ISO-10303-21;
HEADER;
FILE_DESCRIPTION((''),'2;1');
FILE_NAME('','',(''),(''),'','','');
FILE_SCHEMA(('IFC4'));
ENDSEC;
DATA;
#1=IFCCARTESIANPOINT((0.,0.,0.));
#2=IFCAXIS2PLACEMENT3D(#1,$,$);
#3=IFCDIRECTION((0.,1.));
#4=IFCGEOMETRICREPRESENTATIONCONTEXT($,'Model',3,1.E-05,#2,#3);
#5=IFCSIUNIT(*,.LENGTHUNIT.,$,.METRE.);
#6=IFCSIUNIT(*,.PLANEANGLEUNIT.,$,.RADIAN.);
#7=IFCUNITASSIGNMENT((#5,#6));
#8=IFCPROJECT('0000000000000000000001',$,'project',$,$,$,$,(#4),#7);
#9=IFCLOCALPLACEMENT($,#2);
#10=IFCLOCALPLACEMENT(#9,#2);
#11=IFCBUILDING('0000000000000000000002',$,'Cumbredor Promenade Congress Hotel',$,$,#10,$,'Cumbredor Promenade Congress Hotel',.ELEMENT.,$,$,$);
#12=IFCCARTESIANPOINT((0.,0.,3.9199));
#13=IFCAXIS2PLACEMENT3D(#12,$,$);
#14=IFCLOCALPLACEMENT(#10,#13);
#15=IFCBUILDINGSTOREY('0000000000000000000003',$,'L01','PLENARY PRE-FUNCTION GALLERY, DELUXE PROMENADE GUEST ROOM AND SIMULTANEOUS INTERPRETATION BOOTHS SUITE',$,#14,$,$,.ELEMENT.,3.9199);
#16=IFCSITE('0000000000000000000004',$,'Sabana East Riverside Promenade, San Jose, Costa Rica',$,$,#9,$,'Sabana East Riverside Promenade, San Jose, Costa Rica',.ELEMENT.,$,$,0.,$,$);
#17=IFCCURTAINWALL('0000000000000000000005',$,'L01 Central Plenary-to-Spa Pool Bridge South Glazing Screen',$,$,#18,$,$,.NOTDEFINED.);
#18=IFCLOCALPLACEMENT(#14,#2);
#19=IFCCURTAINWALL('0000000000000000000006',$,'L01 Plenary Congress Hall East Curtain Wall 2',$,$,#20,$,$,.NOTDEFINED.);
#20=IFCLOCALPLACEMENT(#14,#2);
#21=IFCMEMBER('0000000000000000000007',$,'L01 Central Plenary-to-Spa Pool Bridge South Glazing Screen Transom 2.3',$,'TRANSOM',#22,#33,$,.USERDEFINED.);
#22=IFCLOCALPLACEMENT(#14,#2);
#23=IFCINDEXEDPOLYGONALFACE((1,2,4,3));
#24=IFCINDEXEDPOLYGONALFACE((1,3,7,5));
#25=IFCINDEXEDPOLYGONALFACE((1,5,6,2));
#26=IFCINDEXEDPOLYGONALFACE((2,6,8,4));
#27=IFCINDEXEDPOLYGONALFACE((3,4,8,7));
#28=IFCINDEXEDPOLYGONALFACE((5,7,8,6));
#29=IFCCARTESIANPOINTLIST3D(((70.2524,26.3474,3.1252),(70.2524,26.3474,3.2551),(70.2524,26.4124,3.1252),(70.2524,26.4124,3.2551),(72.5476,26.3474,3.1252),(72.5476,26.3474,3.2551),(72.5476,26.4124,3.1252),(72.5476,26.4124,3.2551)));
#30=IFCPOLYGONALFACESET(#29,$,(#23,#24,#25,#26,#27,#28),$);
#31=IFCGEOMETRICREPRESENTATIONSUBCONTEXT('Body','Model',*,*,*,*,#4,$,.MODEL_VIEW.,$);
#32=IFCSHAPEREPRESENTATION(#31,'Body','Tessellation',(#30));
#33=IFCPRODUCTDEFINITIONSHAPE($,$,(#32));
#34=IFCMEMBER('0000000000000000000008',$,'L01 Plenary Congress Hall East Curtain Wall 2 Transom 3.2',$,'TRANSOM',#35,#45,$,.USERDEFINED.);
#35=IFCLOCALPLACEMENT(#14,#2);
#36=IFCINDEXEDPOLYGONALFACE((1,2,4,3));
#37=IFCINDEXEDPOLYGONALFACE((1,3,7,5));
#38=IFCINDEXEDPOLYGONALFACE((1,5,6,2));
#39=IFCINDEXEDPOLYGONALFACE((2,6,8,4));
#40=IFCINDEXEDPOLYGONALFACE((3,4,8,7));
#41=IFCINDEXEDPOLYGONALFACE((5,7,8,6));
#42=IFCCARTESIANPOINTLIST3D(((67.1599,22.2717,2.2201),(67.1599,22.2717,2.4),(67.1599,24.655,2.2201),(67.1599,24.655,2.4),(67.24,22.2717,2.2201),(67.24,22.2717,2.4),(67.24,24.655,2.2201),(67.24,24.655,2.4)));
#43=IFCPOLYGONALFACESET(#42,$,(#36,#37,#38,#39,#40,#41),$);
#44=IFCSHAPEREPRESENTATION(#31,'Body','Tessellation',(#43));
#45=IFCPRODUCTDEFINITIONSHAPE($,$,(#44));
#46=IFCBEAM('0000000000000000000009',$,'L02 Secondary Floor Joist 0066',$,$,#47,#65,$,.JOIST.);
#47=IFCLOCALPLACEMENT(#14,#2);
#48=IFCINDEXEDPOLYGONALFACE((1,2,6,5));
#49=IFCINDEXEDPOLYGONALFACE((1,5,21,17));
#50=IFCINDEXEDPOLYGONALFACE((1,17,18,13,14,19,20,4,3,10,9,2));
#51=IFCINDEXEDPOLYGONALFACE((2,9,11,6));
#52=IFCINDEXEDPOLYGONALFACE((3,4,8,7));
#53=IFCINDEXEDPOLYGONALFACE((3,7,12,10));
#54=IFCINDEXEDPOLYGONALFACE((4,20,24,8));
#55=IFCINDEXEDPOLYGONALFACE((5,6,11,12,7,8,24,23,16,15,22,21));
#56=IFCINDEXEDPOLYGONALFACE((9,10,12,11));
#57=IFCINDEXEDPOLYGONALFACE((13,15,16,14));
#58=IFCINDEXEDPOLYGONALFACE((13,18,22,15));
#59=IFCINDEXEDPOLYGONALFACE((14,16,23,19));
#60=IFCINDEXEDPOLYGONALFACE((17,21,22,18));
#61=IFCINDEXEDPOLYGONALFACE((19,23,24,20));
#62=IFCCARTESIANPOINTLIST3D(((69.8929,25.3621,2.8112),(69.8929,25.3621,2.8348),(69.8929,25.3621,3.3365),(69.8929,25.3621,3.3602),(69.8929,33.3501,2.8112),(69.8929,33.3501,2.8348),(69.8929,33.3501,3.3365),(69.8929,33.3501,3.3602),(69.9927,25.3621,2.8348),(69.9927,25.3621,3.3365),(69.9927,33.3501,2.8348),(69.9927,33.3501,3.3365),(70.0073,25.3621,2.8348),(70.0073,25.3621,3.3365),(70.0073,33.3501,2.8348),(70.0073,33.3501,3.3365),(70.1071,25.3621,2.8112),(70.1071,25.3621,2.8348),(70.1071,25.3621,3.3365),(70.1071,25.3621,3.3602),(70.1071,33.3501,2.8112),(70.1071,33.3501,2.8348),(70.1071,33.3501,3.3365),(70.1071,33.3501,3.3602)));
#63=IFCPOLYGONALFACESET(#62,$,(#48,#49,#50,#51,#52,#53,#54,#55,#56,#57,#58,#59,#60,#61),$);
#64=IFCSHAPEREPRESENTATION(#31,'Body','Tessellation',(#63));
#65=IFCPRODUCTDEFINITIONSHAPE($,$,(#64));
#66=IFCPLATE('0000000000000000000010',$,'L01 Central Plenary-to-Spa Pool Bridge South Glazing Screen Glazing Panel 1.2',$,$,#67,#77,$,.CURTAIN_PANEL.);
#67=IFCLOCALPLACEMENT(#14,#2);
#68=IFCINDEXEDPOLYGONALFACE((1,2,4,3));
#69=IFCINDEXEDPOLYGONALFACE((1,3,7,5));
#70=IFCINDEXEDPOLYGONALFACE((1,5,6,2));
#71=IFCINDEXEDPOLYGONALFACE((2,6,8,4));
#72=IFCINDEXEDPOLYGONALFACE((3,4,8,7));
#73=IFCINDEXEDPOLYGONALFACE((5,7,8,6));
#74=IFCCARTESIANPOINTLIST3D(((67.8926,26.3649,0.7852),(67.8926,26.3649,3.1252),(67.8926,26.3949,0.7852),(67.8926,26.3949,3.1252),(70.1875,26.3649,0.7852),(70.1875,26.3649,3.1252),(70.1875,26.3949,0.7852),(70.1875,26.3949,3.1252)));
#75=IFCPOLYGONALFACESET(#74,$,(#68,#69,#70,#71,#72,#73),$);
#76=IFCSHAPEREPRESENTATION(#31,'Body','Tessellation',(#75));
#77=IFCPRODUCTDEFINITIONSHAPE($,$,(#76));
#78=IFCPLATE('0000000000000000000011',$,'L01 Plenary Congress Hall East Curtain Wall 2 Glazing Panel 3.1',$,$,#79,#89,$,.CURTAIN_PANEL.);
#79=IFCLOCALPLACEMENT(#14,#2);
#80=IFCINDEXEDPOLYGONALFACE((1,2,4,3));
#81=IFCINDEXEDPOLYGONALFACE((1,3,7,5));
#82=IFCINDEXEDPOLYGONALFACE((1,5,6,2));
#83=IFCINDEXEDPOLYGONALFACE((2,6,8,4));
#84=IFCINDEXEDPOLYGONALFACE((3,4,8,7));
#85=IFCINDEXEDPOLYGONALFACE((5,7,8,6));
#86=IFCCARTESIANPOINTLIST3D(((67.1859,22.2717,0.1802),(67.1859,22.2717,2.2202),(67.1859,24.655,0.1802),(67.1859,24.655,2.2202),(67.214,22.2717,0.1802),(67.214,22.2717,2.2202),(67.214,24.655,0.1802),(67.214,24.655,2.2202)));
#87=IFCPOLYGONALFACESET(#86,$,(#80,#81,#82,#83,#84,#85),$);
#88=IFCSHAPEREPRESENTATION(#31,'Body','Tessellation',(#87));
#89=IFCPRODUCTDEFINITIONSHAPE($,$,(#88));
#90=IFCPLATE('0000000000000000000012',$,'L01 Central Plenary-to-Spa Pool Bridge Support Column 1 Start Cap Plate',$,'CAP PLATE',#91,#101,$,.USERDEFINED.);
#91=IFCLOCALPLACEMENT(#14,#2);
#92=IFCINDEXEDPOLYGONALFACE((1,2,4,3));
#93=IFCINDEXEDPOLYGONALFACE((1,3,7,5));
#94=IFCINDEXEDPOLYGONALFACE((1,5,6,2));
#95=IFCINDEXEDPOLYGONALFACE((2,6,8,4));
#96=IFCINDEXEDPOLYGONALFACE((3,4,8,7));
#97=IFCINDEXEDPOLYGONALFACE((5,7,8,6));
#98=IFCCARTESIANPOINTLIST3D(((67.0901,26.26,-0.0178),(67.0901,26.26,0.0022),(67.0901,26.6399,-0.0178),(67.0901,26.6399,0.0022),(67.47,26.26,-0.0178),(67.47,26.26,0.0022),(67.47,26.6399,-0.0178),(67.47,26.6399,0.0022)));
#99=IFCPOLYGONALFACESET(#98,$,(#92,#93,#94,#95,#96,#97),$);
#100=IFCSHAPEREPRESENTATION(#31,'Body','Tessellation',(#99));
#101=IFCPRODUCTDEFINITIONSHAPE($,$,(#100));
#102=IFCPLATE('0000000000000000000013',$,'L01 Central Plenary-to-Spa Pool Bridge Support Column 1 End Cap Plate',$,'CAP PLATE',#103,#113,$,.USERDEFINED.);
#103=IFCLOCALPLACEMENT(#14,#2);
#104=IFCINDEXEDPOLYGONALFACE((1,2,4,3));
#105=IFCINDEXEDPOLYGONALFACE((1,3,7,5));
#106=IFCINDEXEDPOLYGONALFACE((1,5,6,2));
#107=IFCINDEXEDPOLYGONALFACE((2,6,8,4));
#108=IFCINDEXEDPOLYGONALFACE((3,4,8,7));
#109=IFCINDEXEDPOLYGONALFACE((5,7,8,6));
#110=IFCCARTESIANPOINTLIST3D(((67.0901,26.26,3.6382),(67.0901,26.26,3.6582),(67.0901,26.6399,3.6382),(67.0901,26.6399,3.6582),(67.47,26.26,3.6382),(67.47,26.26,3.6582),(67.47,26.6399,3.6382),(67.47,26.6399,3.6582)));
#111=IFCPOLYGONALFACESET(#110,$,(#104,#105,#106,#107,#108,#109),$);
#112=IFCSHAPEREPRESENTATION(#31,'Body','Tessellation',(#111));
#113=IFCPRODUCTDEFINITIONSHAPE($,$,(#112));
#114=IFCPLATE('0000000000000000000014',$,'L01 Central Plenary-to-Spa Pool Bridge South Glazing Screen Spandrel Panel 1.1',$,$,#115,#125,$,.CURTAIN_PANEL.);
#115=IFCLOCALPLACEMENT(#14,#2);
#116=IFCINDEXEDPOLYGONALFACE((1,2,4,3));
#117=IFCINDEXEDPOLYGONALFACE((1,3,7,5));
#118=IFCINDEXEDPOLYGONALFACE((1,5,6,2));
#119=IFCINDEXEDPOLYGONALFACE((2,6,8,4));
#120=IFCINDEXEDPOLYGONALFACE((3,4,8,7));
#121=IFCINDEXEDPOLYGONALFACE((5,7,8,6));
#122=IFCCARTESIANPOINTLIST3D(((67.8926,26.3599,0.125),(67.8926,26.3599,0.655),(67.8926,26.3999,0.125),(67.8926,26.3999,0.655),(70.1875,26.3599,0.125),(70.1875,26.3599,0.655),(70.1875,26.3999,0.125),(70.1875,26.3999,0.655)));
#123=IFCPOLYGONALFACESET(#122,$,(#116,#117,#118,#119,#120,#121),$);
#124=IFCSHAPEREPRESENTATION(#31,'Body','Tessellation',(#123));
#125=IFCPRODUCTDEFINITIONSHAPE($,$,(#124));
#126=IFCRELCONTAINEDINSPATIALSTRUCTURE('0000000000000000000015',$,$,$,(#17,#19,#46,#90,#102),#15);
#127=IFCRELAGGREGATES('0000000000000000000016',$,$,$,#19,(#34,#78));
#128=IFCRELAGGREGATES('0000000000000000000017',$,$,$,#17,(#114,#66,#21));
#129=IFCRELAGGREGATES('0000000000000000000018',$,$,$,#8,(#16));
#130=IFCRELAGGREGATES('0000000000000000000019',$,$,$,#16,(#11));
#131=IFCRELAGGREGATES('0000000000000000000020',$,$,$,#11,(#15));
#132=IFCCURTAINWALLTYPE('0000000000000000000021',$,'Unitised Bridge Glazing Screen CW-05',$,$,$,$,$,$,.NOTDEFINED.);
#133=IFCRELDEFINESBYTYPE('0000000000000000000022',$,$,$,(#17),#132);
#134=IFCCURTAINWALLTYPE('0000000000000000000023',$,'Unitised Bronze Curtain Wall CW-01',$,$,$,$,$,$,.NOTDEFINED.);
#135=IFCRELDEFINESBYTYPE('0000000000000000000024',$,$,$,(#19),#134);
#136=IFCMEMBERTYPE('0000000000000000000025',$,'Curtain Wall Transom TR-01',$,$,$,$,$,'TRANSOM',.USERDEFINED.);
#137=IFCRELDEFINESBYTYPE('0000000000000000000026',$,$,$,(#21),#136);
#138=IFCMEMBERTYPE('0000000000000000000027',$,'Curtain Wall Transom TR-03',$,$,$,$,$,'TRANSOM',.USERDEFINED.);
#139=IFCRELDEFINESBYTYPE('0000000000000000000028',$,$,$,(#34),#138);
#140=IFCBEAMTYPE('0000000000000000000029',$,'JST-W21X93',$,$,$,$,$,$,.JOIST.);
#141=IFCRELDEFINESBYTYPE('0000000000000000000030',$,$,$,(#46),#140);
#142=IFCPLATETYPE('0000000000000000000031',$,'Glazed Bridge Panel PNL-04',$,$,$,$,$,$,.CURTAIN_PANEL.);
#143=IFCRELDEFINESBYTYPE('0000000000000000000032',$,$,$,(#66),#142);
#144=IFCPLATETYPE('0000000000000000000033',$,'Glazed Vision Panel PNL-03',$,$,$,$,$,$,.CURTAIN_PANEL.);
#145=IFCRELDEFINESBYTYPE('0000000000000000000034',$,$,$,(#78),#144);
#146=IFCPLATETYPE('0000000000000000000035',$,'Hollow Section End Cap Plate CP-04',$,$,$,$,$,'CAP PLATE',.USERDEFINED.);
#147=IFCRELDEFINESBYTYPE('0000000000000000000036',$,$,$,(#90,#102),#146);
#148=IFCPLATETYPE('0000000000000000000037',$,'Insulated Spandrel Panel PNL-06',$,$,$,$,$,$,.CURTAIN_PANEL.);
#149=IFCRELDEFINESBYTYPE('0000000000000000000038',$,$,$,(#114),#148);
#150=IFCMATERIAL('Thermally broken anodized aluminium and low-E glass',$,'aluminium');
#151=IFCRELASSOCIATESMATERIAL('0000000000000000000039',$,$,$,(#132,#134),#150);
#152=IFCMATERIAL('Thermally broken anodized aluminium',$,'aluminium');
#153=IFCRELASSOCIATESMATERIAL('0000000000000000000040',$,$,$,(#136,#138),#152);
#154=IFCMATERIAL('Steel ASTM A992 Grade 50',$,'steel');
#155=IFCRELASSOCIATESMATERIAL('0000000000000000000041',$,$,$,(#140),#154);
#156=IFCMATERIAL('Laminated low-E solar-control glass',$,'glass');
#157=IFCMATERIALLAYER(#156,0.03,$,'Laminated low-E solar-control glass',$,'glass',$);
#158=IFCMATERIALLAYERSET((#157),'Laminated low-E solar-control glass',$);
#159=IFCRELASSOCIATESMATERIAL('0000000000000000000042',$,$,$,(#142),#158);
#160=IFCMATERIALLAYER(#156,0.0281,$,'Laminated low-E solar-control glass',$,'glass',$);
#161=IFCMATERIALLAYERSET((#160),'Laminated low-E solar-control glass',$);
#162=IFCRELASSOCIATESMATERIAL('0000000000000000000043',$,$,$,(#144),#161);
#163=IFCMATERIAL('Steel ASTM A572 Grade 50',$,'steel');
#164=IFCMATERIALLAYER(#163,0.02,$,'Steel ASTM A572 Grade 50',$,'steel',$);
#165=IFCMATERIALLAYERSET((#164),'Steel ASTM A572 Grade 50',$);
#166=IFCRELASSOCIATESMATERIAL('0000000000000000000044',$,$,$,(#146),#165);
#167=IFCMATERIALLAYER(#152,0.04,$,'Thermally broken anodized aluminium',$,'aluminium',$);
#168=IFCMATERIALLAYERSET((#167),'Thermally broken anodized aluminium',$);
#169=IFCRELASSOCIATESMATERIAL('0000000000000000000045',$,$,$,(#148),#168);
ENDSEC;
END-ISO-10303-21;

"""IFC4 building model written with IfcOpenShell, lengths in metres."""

from ifc_helpers import new_model, si_unit, direction, frame, origin, origin_2d, place, context, subcontext, project, spatial, rectangle, i_section, extrude, material, layer, layer_set, material_profile, profile_set, type_object, element, aggregate, save


model = new_model("IFC4")

# Units and contexts
model_context = context("Model", 3, precision=1e-05, world=origin(), true_north=direction((0.0, 1.0)))
body_context = subcontext(model_context, "Body", "Model", "MODEL_VIEW")
ifc_project = project(units=[si_unit("LENGTHUNIT", "METRE"), si_unit("PLANEANGLEUNIT", "RADIAN")], contexts=[model_context])

# Site, building, storey
site_placement = place(None, origin())
site = spatial("IfcSite", under=ifc_project, at=site_placement, Name="Sabana East Riverside Promenade, San Jose, Costa Rica", LongName="Sabana East Riverside Promenade, San Jose, Costa Rica", CompositionType="ELEMENT", RefElevation=0.0)
building_placement = place(site_placement, origin())
building = spatial("IfcBuilding", under=site, at=building_placement, Name="Cumbredor Promenade Congress Hotel", LongName="Cumbredor Promenade Congress Hotel", CompositionType="ELEMENT")
storey_placement = place(building_placement, frame((0.0, 0.0, 3.9199)))
storey = spatial("IfcBuildingStorey", under=building, at=storey_placement, Name="L01", Description="PLENARY PRE-FUNCTION GALLERY, DELUXE PROMENADE GUEST ROOM AND SIMULTANEOUS INTERPRETATION BOOTHS SUITE", CompositionType="ELEMENT", Elevation=3.9199)

# Shared definitions
ifc_material_1 = material(Name="Steel ASTM A992 Grade 50", Category="steel")

# Curtain wall
ifc_material_2 = material(Name="Thermally broken anodized aluminium and low-E glass", Category="aluminium")
curtain_wall_type_1 = type_object("IfcCurtainWallType", Name="Unitised Bridge Glazing Screen CW-05", PredefinedType="NOTDEFINED", material=ifc_material_2)
curtain_wall_1_placement = place(storey_placement, origin())
curtain_wall_1 = element("IfcCurtainWall", 1, at=curtain_wall_1_placement, inside=storey, type_object=curtain_wall_type_1, Name="L01 Central Plenary-to-Spa Pool Bridge South Glazing Screen", PredefinedType="NOTDEFINED")
ifc_material_3 = material(Name="Thermally broken anodized aluminium", Category="aluminium")

# Curtain wall
curtain_wall_type_2 = type_object("IfcCurtainWallType", Name="Unitised Bronze Curtain Wall CW-01", PredefinedType="NOTDEFINED", material=ifc_material_2)
curtain_wall_2_placement = place(storey_placement, origin())
curtain_wall_2 = element("IfcCurtainWall", 2, at=curtain_wall_2_placement, inside=storey, type_object=curtain_wall_type_2, Name="L01 Plenary Congress Hall East Curtain Wall 2", PredefinedType="NOTDEFINED")

# Members
ifc_material_profile_1 = material_profile(ifc_material_3, rectangle(XDim=0.0649, YDim=0.1299, at=origin_2d()), Name="ALU TRANSOM 65x130")
ifc_profile_set_1 = profile_set([ifc_material_profile_1], Name="Thermally broken anodized aluminium")
member_type_1 = type_object("IfcMemberType", Name="Curtain Wall Transom TR-01", ElementType="TRANSOM", PredefinedType="USERDEFINED", material=ifc_profile_set_1)
member_1_placement = place(storey_placement, frame((70.2524, 26.3799, 3.1902), z_axis=(1.0, 0.0, 0.0), x_axis=(0.0, 1.0, 0.0)))
member_1 = element("IfcMember", 3, at=member_1_placement, type_object=member_type_1, Name="L01 Central Plenary-to-Spa Pool Bridge South Glazing Screen Transom 2.3", ObjectType="TRANSOM", PredefinedType="USERDEFINED", context=body_context, shape_type="SweptSolid", body=[
    extrude(rectangle(XDim=0.0649, YDim=0.1299, at=origin_2d()), origin(), (0.0, 0.0, 1.0), 2.2952),
])
ifc_material_profile_2 = material_profile(ifc_material_3, rectangle(XDim=0.0801, YDim=0.1799, at=origin_2d()), Name="ALU TRANSOM 80x180")
ifc_profile_set_2 = profile_set([ifc_material_profile_2], Name="Thermally broken anodized aluminium")
member_type_2 = type_object("IfcMemberType", Name="Curtain Wall Transom TR-03", ElementType="TRANSOM", PredefinedType="USERDEFINED", material=ifc_profile_set_2)
member_2_placement = place(storey_placement, frame((67.2, 22.2717, 2.3101), z_axis=(0.0, 1.0, 0.0), x_axis=(-1.0, 0.0, 0.0)))
member_2 = element("IfcMember", 4, at=member_2_placement, type_object=member_type_2, Name="L01 Plenary Congress Hall East Curtain Wall 2 Transom 3.2", ObjectType="TRANSOM", PredefinedType="USERDEFINED", context=body_context, shape_type="SweptSolid", body=[
    extrude(rectangle(XDim=0.0801, YDim=0.1799, at=origin_2d()), origin(), (0.0, 0.0, 1.0), 2.3833),
])

# Beam
ifc_material_profile_3 = material_profile(ifc_material_1, i_section(OverallWidth=0.2141, OverallDepth=0.5491, WebThickness=0.0146, FlangeThickness=0.0237, at=origin_2d()), Name="W21X93")
ifc_profile_set_3 = profile_set([ifc_material_profile_3], Name="Steel ASTM A992 Grade 50")
beam_type_1 = type_object("IfcBeamType", Name="JST-W21X93", PredefinedType="JOIST", material=ifc_profile_set_3)
beam_1_placement = place(storey_placement, frame((70.0, 25.3621, 3.0857), z_axis=(0.0, 1.0, 0.0), x_axis=(-1.0, 0.0, 0.0)))
element("IfcBeam", 5, at=beam_1_placement, inside=storey, type_object=beam_type_1, Name="L02 Secondary Floor Joist 0066", PredefinedType="JOIST", context=body_context, shape_type="SweptSolid", body=[
    extrude(i_section(OverallWidth=0.2141, OverallDepth=0.5491, WebThickness=0.0146, FlangeThickness=0.0237, at=origin_2d()), origin(), (0.0, 0.0, 1.0), 7.988),
])

# Plates
ifc_material_4 = material(Name="Laminated low-E solar-control glass", Category="glass")
ifc_layer_1 = layer(ifc_material_4, 0.03, Name="Laminated low-E solar-control glass", Category="glass")
ifc_layer_set_1 = layer_set([ifc_layer_1], Name="Laminated low-E solar-control glass")
plate_type_1 = type_object("IfcPlateType", Name="Glazed Bridge Panel PNL-04", PredefinedType="CURTAIN_PANEL", material=ifc_layer_set_1)
plate_1_placement = place(storey_placement, frame((69.04, 26.3799, 0.7852), z_axis=(0.0, 0.0, 1.0), x_axis=(1.0, 0.0, 0.0)))
plate_1 = element("IfcPlate", 6, at=plate_1_placement, type_object=plate_type_1, Name="L01 Central Plenary-to-Spa Pool Bridge South Glazing Screen Glazing Panel 1.2", PredefinedType="CURTAIN_PANEL", context=body_context, shape_type="SweptSolid", body=[
    extrude(rectangle(XDim=2.2949, YDim=0.03, at=origin_2d()), origin(), (0.0, 0.0, 1.0), 2.3401),
])
ifc_layer_2 = layer(ifc_material_4, 0.0281, Name="Laminated low-E solar-control glass", Category="glass")
ifc_layer_set_2 = layer_set([ifc_layer_2], Name="Laminated low-E solar-control glass")
plate_type_2 = type_object("IfcPlateType", Name="Glazed Vision Panel PNL-03", PredefinedType="CURTAIN_PANEL", material=ifc_layer_set_2)
plate_2_placement = place(storey_placement, frame((67.2, 23.4634, 0.1802), z_axis=(0.0, 0.0, 1.0), x_axis=(0.0, 1.0, 0.0)))
plate_2 = element("IfcPlate", 7, at=plate_2_placement, type_object=plate_type_2, Name="L01 Plenary Congress Hall East Curtain Wall 2 Glazing Panel 3.1", PredefinedType="CURTAIN_PANEL", context=body_context, shape_type="SweptSolid", body=[
    extrude(rectangle(XDim=2.3833, YDim=0.0281, at=origin_2d()), origin(), (0.0, 0.0, 1.0), 2.04),
])
aggregate(curtain_wall_2, [member_2, plate_2])

# Plates
ifc_material_5 = material(Name="Steel ASTM A572 Grade 50", Category="steel")
ifc_layer_3 = layer(ifc_material_5, 0.02, Name="Steel ASTM A572 Grade 50", Category="steel")
ifc_layer_set_3 = layer_set([ifc_layer_3], Name="Steel ASTM A572 Grade 50")
plate_type_3 = type_object("IfcPlateType", Name="Hollow Section End Cap Plate CP-04", ElementType="CAP PLATE", PredefinedType="USERDEFINED", material=ifc_layer_set_3)
for number, where, z_axis, x_axis, name in (
    (8, (67.28, 26.45, -0.0178), (0.0, 0.0, 1.0), (1.0, 0.0, 0.0), "L01 Central Plenary-to-Spa Pool Bridge Support Column 1 Start Cap Plate"),
    (9, (67.28, 26.45, 3.6382), (0.0, 0.0, 1.0), (1.0, 0.0, 0.0), "L01 Central Plenary-to-Spa Pool Bridge Support Column 1 End Cap Plate"),
):
    element("IfcPlate", number, at=place(storey_placement, frame(where, z_axis=z_axis, x_axis=x_axis)), inside=storey, type_object=plate_type_3, Name=name, ObjectType="CAP PLATE", PredefinedType="USERDEFINED", context=body_context, shape_type="SweptSolid", body=[
        extrude(rectangle(XDim=0.3799, YDim=0.3799, at=origin_2d()), origin(), (0.0, 0.0, 1.0), 0.02),
    ])

# Plate
ifc_layer_4 = layer(ifc_material_3, 0.04, Name="Thermally broken anodized aluminium", Category="aluminium")
ifc_layer_set_4 = layer_set([ifc_layer_4], Name="Thermally broken anodized aluminium")
plate_type_4 = type_object("IfcPlateType", Name="Insulated Spandrel Panel PNL-06", PredefinedType="CURTAIN_PANEL", material=ifc_layer_set_4)
plate_3_placement = place(storey_placement, frame((69.04, 26.3799, 0.125), z_axis=(0.0, 0.0, 1.0), x_axis=(1.0, 0.0, 0.0)))
plate_3 = element("IfcPlate", 10, at=plate_3_placement, type_object=plate_type_4, Name="L01 Central Plenary-to-Spa Pool Bridge South Glazing Screen Spandrel Panel 1.1", PredefinedType="CURTAIN_PANEL", context=body_context, shape_type="SweptSolid", body=[
    extrude(rectangle(XDim=2.2949, YDim=0.04, at=origin_2d()), origin(), (0.0, 0.0, 1.0), 0.53),
])
aggregate(curtain_wall_1, [plate_3, plate_1, member_1])

save(model, "model.ifc")
